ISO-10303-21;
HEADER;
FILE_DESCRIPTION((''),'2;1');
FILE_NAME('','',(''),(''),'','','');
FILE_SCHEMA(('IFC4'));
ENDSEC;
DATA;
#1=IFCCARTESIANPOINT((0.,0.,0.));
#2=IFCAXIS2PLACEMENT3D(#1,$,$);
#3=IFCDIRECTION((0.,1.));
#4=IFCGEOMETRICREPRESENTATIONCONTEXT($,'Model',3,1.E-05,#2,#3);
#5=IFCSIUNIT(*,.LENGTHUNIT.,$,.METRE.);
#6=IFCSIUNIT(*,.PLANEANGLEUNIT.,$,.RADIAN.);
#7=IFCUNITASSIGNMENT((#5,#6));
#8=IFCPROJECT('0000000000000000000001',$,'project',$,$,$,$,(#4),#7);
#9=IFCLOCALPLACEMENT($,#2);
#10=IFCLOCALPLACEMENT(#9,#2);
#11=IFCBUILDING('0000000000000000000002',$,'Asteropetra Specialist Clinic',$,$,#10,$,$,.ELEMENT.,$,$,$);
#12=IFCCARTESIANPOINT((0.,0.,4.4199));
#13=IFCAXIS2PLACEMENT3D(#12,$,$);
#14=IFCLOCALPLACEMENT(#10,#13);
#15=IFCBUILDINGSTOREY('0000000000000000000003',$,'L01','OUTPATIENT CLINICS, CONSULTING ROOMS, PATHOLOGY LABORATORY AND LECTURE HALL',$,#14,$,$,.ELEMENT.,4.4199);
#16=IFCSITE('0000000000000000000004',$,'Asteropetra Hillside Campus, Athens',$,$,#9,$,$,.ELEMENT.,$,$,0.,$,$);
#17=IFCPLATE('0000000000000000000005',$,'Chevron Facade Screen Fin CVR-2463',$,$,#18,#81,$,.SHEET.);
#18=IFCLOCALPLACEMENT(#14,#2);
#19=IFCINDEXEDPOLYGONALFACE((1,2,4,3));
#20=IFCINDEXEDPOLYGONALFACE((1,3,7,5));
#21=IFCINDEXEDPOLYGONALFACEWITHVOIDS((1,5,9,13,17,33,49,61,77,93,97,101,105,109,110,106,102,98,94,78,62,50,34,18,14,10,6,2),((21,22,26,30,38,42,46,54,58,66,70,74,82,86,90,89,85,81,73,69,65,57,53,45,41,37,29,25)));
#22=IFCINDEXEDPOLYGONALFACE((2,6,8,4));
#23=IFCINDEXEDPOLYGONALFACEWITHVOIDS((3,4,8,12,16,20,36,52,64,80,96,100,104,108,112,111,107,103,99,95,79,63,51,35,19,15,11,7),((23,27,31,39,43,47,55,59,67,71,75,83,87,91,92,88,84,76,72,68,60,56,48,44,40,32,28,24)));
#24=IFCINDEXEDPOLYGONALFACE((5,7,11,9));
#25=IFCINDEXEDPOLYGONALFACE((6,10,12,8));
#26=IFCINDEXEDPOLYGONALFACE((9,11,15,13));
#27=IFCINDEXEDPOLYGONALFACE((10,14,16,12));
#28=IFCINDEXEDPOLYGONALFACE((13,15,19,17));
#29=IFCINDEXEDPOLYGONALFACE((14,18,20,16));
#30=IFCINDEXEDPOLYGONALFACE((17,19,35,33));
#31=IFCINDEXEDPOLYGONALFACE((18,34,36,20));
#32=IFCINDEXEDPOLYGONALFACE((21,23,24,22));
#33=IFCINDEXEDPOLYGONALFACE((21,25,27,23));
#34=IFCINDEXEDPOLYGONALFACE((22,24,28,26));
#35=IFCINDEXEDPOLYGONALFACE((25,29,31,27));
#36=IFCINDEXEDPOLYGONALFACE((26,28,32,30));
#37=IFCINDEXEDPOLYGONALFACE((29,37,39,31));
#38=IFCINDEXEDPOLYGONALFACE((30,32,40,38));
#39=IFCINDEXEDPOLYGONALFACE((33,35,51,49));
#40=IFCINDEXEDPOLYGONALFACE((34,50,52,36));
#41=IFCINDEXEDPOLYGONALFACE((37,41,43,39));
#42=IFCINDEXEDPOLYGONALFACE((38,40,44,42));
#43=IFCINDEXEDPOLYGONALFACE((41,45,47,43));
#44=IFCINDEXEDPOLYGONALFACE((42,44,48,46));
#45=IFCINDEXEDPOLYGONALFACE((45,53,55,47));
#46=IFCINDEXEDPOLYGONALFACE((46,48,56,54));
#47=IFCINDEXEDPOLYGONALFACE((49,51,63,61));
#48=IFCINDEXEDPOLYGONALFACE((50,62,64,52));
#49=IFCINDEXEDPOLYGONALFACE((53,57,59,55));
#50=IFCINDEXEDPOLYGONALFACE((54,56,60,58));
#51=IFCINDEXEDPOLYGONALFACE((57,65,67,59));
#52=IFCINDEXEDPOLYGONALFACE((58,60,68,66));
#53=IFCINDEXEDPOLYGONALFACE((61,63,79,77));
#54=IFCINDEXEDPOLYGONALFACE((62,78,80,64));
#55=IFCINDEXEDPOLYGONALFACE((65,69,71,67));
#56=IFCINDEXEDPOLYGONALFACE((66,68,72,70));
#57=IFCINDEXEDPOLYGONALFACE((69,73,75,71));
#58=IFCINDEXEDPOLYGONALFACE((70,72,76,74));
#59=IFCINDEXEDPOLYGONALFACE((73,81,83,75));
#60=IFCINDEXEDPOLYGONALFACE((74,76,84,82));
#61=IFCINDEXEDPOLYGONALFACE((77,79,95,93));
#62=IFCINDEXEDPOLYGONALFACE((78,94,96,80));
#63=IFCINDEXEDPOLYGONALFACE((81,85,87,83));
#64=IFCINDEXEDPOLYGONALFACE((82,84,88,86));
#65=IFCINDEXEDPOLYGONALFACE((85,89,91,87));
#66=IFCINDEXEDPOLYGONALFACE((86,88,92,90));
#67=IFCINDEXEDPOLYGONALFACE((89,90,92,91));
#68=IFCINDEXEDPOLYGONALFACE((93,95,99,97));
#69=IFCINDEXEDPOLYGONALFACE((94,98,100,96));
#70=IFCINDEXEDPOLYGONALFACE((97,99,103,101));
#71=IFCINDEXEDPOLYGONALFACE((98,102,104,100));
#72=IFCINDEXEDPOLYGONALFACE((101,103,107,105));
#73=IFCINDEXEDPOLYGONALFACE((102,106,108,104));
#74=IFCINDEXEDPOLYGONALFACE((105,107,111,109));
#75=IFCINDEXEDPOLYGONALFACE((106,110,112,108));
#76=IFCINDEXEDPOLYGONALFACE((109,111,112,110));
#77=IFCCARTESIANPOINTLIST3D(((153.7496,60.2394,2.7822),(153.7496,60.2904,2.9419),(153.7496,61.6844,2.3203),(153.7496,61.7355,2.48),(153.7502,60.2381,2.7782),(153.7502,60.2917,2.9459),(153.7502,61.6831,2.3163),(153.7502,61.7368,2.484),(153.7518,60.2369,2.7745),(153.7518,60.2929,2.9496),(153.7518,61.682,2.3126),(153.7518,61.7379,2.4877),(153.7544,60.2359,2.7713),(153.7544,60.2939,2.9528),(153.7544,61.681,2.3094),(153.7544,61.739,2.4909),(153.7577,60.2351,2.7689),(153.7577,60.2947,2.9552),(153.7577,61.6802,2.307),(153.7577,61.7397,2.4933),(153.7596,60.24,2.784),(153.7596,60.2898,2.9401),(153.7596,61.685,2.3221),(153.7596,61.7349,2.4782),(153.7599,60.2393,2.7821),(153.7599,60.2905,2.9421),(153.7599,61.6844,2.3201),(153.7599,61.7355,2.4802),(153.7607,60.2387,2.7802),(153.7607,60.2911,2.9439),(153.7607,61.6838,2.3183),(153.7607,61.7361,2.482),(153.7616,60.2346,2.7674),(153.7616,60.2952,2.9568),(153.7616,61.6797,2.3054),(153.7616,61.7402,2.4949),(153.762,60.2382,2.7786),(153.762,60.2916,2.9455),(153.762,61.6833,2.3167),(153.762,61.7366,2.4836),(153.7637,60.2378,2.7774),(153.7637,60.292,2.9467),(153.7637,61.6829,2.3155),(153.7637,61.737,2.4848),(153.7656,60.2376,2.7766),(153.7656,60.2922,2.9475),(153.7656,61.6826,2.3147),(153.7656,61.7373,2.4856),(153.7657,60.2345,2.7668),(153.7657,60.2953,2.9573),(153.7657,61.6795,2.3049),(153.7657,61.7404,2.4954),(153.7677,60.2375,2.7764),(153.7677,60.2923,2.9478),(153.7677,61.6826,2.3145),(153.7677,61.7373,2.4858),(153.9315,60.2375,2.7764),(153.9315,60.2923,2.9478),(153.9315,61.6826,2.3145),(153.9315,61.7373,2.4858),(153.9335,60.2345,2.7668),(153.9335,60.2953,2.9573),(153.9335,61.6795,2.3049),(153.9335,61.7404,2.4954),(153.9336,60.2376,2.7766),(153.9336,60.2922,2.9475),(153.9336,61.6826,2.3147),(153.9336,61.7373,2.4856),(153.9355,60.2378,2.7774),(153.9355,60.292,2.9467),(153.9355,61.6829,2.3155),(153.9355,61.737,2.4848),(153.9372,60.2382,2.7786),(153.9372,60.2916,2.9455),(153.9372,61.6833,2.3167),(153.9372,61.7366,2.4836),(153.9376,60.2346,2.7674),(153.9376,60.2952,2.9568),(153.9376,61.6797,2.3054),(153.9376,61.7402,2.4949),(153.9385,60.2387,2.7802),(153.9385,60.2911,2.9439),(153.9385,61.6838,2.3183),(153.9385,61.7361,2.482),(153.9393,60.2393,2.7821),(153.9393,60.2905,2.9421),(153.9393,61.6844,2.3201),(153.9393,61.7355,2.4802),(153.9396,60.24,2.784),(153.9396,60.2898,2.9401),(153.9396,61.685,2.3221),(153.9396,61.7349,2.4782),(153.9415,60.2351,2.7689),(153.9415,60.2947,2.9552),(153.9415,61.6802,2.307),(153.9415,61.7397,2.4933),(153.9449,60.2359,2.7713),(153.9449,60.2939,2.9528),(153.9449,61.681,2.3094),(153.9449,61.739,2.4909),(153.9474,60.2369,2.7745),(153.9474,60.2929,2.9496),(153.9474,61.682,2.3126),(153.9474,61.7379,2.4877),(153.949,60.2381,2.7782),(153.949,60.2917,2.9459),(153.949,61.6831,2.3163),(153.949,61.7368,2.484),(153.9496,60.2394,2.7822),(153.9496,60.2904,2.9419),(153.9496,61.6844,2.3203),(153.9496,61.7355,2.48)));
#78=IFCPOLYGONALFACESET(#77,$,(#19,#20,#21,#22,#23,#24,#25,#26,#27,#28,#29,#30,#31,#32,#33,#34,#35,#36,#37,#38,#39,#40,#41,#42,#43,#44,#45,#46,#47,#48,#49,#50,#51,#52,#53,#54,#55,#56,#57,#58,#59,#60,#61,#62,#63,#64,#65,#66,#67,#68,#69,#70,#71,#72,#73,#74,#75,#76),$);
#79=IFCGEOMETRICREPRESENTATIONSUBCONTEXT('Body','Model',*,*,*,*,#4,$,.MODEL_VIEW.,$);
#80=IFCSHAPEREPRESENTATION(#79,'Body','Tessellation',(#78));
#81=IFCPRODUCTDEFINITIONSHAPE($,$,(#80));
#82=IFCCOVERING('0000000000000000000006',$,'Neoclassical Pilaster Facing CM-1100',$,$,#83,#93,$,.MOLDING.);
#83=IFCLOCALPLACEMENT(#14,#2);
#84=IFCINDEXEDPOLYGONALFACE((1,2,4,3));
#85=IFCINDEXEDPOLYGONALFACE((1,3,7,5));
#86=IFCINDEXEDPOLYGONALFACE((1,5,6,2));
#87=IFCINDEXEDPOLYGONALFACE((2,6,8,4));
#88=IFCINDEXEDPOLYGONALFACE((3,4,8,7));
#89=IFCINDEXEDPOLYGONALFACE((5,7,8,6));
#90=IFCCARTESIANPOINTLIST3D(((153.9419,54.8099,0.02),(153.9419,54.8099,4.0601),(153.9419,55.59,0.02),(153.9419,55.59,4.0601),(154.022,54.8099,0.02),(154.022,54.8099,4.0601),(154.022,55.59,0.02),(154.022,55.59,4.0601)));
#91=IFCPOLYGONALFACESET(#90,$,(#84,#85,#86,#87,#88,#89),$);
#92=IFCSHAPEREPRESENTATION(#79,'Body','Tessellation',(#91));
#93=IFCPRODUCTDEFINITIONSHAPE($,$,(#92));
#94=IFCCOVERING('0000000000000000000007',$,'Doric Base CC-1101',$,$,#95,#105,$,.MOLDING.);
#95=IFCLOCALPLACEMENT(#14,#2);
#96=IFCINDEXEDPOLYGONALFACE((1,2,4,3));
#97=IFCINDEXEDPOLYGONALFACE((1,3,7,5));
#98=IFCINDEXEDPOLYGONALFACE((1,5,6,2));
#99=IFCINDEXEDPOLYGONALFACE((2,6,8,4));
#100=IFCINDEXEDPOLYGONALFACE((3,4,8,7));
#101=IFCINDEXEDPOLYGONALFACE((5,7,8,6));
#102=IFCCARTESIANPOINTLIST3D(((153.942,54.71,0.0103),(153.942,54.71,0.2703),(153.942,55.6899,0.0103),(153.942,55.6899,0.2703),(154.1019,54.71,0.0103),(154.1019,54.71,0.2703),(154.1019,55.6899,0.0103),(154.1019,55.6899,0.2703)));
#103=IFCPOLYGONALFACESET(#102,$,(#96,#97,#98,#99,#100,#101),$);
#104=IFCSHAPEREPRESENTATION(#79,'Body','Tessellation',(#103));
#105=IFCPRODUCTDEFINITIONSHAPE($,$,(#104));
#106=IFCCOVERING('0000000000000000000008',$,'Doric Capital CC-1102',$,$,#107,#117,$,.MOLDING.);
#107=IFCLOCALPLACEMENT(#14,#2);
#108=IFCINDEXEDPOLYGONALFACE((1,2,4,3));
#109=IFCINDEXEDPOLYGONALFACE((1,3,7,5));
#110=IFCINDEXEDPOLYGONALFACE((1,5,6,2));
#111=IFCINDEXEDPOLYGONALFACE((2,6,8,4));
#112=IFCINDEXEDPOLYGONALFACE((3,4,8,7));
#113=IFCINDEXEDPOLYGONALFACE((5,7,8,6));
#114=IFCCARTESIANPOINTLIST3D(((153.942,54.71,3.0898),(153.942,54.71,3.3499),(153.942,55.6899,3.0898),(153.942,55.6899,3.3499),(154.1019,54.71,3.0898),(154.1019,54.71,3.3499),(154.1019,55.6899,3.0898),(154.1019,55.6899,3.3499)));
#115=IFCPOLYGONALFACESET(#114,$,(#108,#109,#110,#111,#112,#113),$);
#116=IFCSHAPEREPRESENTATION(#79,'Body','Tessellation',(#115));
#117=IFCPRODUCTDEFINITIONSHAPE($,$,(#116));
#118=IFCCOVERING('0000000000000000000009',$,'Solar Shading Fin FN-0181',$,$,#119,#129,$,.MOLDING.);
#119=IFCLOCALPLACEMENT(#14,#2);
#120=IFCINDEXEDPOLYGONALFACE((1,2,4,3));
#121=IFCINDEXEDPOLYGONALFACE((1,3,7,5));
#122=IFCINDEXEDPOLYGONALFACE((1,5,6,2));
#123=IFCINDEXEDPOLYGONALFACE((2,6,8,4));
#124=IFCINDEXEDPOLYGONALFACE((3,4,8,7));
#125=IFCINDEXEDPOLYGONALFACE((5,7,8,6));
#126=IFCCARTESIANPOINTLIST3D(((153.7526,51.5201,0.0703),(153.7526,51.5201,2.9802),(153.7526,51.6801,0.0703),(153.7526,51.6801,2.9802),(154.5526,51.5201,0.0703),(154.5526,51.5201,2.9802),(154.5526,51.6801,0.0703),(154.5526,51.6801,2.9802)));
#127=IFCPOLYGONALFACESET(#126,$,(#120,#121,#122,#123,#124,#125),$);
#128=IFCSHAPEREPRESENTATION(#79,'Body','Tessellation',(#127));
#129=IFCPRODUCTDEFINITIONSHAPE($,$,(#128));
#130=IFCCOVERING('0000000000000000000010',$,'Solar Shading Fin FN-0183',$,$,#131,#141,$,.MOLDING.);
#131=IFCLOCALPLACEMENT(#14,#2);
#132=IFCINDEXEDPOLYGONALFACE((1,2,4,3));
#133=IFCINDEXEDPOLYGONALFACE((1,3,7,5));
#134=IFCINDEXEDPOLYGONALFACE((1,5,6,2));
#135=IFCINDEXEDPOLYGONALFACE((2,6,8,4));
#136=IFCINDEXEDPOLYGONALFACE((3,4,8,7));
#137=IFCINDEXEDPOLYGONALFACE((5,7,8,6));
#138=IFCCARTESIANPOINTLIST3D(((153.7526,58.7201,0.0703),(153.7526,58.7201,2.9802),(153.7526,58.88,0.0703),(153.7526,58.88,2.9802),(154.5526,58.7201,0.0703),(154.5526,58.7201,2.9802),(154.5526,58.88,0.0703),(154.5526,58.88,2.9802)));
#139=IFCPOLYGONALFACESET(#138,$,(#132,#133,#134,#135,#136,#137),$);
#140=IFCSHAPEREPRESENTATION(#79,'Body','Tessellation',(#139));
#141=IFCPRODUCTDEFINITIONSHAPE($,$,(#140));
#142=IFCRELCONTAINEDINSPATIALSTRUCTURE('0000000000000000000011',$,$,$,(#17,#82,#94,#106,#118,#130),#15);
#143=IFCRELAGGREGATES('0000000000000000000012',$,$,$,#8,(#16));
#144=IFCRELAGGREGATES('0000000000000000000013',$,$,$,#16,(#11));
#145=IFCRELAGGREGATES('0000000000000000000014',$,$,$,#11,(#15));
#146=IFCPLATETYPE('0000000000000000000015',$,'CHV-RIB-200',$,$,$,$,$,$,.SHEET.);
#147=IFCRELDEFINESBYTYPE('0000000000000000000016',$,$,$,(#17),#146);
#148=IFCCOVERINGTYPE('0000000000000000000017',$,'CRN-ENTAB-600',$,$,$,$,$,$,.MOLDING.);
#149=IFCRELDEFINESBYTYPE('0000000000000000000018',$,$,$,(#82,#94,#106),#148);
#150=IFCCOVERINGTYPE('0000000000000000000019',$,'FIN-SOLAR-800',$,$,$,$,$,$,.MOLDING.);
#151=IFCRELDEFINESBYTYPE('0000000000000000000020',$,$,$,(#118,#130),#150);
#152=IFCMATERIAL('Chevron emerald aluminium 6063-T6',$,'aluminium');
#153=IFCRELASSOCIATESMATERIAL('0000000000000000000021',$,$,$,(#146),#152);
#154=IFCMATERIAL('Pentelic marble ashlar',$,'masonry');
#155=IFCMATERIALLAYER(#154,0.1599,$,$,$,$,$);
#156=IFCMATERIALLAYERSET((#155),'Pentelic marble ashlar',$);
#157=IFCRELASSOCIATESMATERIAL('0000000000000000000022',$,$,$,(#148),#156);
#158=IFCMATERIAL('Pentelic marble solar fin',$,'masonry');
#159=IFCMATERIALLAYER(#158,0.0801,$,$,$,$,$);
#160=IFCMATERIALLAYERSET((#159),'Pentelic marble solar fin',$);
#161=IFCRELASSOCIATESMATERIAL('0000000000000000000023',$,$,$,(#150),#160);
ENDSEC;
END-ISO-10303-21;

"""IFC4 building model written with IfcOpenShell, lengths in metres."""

from ifc_helpers import new_model, si_unit, direction, frame, origin, origin_2d, place, context, subcontext, project, spatial, rectangle, hollow_rectangle, extrude, material, layer, layer_set, material_profile, profile_set, type_object, element, save


model = new_model("IFC4")

# Units and contexts
model_context = context("Model", 3, precision=1e-05, world=origin(), true_north=direction((0.0, 1.0)))
body_context = subcontext(model_context, "Body", "Model", "MODEL_VIEW")
ifc_project = project(units=[si_unit("LENGTHUNIT", "METRE"), si_unit("PLANEANGLEUNIT", "RADIAN")], contexts=[model_context])

# Site, building, storey
site_placement = place(None, origin())
site = spatial("IfcSite", under=ifc_project, at=site_placement, Name="Asteropetra Hillside Campus, Athens", CompositionType="ELEMENT", RefElevation=0.0)
building_placement = place(site_placement, origin())
building = spatial("IfcBuilding", under=site, at=building_placement, Name="Asteropetra Specialist Clinic", CompositionType="ELEMENT")
storey_placement = place(building_placement, frame((0.0, 0.0, 4.4199)))
storey = spatial("IfcBuildingStorey", under=building, at=storey_placement, Name="L01", Description="OUTPATIENT CLINICS, CONSULTING ROOMS, PATHOLOGY LABORATORY AND LECTURE HALL", CompositionType="ELEMENT", Elevation=4.4199)

# Plate
ifc_material_1 = material(Name="Chevron emerald aluminium 6063-T6", Category="aluminium")
ifc_material_profile = material_profile(ifc_material_1, hollow_rectangle(XDim=0.2, YDim=0.2, WallThickness=0.01, InnerFilletRadius=0.0081, OuterFilletRadius=0.0161, at=origin_2d()), Name="SHS 200x200x10.0")
ifc_profile_set = profile_set([ifc_material_profile], Name="Chevron emerald aluminium 6063-T6")
plate_type = type_object("IfcPlateType", Name="CHV-RIB-200", PredefinedType="SHEET", material=ifc_profile_set)
plate_1_placement = place(storey_placement, frame((153.8496, 60.2649, 2.8621), z_axis=(0.0, 0.952521, -0.304472), x_axis=(-1.0, 0.0, 0.0)))
element("IfcPlate", 1, at=plate_1_placement, inside=storey, type_object=plate_type, Name="Chevron Facade Screen Fin CVR-2463", PredefinedType="SHEET", context=body_context, shape_type="SweptSolid", body=[
    extrude(hollow_rectangle(XDim=0.2, YDim=0.2, WallThickness=0.01, InnerFilletRadius=0.0081, OuterFilletRadius=0.0161, at=origin_2d()), origin(), (0.0, 0.0, 1.0), 1.5171),
])

# Coverings
ifc_material_2 = material(Name="Pentelic marble ashlar", Category="masonry")
ifc_layer_1 = layer(ifc_material_2, 0.1599)
ifc_layer_set_1 = layer_set([ifc_layer_1], Name="Pentelic marble ashlar")
covering_type_1 = type_object("IfcCoveringType", Name="CRN-ENTAB-600", PredefinedType="MOLDING", material=ifc_layer_set_1)
covering_placement = place(storey_placement, frame((153.9819, 55.2, 0.02), z_axis=(0.0, 0.0, 1.0), x_axis=(1.0, 0.0, 0.0)))
element("IfcCovering", 2, at=covering_placement, inside=storey, type_object=covering_type_1, Name="Neoclassical Pilaster Facing CM-1100", PredefinedType="MOLDING", context=body_context, shape_type="SweptSolid", body=[
    extrude(rectangle(XDim=0.0801, YDim=0.78, at=origin_2d()), origin(), (0.0, 0.0, 1.0), 4.04),
])
for number, where, z_axis, x_axis, name in (
    (3, (154.022, 55.2, 0.0103), (0.0, 0.0, 1.0), (1.0, 0.0, 0.0), "Doric Base CC-1101"),
    (4, (154.022, 55.2, 3.0898), (0.0, 0.0, 1.0), (1.0, 0.0, 0.0), "Doric Capital CC-1102"),
):
    element("IfcCovering", number, at=place(storey_placement, frame(where, z_axis=z_axis, x_axis=x_axis)), inside=storey, type_object=covering_type_1, Name=name, PredefinedType="MOLDING", context=body_context, shape_type="SweptSolid", body=[
        extrude(rectangle(XDim=0.1599, YDim=0.98, at=origin_2d()), origin(), (0.0, 0.0, 1.0), 0.26),
    ])
ifc_material_3 = material(Name="Pentelic marble solar fin", Category="masonry")
ifc_layer_2 = layer(ifc_material_3, 0.0801)
ifc_layer_set_2 = layer_set([ifc_layer_2], Name="Pentelic marble solar fin")
covering_type_2 = type_object("IfcCoveringType", Name="FIN-SOLAR-800", PredefinedType="MOLDING", material=ifc_layer_set_2)
for number, where, z_axis, x_axis, name in (
    (5, (154.1526, 51.6001, 0.0703), (0.0, 0.0, 1.0), (1.0, 0.0, 0.0), "Solar Shading Fin FN-0181"),
    (6, (154.1526, 58.8, 0.0703), (0.0, 0.0, 1.0), (1.0, 0.0, 0.0), "Solar Shading Fin FN-0183"),
):
    element("IfcCovering", number, at=place(storey_placement, frame(where, z_axis=z_axis, x_axis=x_axis)), inside=storey, type_object=covering_type_2, Name=name, PredefinedType="MOLDING", context=body_context, shape_type="SweptSolid", body=[
        extrude(rectangle(XDim=0.8, YDim=0.1599, at=origin_2d()), origin(), (0.0, 0.0, 1.0), 2.9099),
    ])

save(model, "model.ifc")
